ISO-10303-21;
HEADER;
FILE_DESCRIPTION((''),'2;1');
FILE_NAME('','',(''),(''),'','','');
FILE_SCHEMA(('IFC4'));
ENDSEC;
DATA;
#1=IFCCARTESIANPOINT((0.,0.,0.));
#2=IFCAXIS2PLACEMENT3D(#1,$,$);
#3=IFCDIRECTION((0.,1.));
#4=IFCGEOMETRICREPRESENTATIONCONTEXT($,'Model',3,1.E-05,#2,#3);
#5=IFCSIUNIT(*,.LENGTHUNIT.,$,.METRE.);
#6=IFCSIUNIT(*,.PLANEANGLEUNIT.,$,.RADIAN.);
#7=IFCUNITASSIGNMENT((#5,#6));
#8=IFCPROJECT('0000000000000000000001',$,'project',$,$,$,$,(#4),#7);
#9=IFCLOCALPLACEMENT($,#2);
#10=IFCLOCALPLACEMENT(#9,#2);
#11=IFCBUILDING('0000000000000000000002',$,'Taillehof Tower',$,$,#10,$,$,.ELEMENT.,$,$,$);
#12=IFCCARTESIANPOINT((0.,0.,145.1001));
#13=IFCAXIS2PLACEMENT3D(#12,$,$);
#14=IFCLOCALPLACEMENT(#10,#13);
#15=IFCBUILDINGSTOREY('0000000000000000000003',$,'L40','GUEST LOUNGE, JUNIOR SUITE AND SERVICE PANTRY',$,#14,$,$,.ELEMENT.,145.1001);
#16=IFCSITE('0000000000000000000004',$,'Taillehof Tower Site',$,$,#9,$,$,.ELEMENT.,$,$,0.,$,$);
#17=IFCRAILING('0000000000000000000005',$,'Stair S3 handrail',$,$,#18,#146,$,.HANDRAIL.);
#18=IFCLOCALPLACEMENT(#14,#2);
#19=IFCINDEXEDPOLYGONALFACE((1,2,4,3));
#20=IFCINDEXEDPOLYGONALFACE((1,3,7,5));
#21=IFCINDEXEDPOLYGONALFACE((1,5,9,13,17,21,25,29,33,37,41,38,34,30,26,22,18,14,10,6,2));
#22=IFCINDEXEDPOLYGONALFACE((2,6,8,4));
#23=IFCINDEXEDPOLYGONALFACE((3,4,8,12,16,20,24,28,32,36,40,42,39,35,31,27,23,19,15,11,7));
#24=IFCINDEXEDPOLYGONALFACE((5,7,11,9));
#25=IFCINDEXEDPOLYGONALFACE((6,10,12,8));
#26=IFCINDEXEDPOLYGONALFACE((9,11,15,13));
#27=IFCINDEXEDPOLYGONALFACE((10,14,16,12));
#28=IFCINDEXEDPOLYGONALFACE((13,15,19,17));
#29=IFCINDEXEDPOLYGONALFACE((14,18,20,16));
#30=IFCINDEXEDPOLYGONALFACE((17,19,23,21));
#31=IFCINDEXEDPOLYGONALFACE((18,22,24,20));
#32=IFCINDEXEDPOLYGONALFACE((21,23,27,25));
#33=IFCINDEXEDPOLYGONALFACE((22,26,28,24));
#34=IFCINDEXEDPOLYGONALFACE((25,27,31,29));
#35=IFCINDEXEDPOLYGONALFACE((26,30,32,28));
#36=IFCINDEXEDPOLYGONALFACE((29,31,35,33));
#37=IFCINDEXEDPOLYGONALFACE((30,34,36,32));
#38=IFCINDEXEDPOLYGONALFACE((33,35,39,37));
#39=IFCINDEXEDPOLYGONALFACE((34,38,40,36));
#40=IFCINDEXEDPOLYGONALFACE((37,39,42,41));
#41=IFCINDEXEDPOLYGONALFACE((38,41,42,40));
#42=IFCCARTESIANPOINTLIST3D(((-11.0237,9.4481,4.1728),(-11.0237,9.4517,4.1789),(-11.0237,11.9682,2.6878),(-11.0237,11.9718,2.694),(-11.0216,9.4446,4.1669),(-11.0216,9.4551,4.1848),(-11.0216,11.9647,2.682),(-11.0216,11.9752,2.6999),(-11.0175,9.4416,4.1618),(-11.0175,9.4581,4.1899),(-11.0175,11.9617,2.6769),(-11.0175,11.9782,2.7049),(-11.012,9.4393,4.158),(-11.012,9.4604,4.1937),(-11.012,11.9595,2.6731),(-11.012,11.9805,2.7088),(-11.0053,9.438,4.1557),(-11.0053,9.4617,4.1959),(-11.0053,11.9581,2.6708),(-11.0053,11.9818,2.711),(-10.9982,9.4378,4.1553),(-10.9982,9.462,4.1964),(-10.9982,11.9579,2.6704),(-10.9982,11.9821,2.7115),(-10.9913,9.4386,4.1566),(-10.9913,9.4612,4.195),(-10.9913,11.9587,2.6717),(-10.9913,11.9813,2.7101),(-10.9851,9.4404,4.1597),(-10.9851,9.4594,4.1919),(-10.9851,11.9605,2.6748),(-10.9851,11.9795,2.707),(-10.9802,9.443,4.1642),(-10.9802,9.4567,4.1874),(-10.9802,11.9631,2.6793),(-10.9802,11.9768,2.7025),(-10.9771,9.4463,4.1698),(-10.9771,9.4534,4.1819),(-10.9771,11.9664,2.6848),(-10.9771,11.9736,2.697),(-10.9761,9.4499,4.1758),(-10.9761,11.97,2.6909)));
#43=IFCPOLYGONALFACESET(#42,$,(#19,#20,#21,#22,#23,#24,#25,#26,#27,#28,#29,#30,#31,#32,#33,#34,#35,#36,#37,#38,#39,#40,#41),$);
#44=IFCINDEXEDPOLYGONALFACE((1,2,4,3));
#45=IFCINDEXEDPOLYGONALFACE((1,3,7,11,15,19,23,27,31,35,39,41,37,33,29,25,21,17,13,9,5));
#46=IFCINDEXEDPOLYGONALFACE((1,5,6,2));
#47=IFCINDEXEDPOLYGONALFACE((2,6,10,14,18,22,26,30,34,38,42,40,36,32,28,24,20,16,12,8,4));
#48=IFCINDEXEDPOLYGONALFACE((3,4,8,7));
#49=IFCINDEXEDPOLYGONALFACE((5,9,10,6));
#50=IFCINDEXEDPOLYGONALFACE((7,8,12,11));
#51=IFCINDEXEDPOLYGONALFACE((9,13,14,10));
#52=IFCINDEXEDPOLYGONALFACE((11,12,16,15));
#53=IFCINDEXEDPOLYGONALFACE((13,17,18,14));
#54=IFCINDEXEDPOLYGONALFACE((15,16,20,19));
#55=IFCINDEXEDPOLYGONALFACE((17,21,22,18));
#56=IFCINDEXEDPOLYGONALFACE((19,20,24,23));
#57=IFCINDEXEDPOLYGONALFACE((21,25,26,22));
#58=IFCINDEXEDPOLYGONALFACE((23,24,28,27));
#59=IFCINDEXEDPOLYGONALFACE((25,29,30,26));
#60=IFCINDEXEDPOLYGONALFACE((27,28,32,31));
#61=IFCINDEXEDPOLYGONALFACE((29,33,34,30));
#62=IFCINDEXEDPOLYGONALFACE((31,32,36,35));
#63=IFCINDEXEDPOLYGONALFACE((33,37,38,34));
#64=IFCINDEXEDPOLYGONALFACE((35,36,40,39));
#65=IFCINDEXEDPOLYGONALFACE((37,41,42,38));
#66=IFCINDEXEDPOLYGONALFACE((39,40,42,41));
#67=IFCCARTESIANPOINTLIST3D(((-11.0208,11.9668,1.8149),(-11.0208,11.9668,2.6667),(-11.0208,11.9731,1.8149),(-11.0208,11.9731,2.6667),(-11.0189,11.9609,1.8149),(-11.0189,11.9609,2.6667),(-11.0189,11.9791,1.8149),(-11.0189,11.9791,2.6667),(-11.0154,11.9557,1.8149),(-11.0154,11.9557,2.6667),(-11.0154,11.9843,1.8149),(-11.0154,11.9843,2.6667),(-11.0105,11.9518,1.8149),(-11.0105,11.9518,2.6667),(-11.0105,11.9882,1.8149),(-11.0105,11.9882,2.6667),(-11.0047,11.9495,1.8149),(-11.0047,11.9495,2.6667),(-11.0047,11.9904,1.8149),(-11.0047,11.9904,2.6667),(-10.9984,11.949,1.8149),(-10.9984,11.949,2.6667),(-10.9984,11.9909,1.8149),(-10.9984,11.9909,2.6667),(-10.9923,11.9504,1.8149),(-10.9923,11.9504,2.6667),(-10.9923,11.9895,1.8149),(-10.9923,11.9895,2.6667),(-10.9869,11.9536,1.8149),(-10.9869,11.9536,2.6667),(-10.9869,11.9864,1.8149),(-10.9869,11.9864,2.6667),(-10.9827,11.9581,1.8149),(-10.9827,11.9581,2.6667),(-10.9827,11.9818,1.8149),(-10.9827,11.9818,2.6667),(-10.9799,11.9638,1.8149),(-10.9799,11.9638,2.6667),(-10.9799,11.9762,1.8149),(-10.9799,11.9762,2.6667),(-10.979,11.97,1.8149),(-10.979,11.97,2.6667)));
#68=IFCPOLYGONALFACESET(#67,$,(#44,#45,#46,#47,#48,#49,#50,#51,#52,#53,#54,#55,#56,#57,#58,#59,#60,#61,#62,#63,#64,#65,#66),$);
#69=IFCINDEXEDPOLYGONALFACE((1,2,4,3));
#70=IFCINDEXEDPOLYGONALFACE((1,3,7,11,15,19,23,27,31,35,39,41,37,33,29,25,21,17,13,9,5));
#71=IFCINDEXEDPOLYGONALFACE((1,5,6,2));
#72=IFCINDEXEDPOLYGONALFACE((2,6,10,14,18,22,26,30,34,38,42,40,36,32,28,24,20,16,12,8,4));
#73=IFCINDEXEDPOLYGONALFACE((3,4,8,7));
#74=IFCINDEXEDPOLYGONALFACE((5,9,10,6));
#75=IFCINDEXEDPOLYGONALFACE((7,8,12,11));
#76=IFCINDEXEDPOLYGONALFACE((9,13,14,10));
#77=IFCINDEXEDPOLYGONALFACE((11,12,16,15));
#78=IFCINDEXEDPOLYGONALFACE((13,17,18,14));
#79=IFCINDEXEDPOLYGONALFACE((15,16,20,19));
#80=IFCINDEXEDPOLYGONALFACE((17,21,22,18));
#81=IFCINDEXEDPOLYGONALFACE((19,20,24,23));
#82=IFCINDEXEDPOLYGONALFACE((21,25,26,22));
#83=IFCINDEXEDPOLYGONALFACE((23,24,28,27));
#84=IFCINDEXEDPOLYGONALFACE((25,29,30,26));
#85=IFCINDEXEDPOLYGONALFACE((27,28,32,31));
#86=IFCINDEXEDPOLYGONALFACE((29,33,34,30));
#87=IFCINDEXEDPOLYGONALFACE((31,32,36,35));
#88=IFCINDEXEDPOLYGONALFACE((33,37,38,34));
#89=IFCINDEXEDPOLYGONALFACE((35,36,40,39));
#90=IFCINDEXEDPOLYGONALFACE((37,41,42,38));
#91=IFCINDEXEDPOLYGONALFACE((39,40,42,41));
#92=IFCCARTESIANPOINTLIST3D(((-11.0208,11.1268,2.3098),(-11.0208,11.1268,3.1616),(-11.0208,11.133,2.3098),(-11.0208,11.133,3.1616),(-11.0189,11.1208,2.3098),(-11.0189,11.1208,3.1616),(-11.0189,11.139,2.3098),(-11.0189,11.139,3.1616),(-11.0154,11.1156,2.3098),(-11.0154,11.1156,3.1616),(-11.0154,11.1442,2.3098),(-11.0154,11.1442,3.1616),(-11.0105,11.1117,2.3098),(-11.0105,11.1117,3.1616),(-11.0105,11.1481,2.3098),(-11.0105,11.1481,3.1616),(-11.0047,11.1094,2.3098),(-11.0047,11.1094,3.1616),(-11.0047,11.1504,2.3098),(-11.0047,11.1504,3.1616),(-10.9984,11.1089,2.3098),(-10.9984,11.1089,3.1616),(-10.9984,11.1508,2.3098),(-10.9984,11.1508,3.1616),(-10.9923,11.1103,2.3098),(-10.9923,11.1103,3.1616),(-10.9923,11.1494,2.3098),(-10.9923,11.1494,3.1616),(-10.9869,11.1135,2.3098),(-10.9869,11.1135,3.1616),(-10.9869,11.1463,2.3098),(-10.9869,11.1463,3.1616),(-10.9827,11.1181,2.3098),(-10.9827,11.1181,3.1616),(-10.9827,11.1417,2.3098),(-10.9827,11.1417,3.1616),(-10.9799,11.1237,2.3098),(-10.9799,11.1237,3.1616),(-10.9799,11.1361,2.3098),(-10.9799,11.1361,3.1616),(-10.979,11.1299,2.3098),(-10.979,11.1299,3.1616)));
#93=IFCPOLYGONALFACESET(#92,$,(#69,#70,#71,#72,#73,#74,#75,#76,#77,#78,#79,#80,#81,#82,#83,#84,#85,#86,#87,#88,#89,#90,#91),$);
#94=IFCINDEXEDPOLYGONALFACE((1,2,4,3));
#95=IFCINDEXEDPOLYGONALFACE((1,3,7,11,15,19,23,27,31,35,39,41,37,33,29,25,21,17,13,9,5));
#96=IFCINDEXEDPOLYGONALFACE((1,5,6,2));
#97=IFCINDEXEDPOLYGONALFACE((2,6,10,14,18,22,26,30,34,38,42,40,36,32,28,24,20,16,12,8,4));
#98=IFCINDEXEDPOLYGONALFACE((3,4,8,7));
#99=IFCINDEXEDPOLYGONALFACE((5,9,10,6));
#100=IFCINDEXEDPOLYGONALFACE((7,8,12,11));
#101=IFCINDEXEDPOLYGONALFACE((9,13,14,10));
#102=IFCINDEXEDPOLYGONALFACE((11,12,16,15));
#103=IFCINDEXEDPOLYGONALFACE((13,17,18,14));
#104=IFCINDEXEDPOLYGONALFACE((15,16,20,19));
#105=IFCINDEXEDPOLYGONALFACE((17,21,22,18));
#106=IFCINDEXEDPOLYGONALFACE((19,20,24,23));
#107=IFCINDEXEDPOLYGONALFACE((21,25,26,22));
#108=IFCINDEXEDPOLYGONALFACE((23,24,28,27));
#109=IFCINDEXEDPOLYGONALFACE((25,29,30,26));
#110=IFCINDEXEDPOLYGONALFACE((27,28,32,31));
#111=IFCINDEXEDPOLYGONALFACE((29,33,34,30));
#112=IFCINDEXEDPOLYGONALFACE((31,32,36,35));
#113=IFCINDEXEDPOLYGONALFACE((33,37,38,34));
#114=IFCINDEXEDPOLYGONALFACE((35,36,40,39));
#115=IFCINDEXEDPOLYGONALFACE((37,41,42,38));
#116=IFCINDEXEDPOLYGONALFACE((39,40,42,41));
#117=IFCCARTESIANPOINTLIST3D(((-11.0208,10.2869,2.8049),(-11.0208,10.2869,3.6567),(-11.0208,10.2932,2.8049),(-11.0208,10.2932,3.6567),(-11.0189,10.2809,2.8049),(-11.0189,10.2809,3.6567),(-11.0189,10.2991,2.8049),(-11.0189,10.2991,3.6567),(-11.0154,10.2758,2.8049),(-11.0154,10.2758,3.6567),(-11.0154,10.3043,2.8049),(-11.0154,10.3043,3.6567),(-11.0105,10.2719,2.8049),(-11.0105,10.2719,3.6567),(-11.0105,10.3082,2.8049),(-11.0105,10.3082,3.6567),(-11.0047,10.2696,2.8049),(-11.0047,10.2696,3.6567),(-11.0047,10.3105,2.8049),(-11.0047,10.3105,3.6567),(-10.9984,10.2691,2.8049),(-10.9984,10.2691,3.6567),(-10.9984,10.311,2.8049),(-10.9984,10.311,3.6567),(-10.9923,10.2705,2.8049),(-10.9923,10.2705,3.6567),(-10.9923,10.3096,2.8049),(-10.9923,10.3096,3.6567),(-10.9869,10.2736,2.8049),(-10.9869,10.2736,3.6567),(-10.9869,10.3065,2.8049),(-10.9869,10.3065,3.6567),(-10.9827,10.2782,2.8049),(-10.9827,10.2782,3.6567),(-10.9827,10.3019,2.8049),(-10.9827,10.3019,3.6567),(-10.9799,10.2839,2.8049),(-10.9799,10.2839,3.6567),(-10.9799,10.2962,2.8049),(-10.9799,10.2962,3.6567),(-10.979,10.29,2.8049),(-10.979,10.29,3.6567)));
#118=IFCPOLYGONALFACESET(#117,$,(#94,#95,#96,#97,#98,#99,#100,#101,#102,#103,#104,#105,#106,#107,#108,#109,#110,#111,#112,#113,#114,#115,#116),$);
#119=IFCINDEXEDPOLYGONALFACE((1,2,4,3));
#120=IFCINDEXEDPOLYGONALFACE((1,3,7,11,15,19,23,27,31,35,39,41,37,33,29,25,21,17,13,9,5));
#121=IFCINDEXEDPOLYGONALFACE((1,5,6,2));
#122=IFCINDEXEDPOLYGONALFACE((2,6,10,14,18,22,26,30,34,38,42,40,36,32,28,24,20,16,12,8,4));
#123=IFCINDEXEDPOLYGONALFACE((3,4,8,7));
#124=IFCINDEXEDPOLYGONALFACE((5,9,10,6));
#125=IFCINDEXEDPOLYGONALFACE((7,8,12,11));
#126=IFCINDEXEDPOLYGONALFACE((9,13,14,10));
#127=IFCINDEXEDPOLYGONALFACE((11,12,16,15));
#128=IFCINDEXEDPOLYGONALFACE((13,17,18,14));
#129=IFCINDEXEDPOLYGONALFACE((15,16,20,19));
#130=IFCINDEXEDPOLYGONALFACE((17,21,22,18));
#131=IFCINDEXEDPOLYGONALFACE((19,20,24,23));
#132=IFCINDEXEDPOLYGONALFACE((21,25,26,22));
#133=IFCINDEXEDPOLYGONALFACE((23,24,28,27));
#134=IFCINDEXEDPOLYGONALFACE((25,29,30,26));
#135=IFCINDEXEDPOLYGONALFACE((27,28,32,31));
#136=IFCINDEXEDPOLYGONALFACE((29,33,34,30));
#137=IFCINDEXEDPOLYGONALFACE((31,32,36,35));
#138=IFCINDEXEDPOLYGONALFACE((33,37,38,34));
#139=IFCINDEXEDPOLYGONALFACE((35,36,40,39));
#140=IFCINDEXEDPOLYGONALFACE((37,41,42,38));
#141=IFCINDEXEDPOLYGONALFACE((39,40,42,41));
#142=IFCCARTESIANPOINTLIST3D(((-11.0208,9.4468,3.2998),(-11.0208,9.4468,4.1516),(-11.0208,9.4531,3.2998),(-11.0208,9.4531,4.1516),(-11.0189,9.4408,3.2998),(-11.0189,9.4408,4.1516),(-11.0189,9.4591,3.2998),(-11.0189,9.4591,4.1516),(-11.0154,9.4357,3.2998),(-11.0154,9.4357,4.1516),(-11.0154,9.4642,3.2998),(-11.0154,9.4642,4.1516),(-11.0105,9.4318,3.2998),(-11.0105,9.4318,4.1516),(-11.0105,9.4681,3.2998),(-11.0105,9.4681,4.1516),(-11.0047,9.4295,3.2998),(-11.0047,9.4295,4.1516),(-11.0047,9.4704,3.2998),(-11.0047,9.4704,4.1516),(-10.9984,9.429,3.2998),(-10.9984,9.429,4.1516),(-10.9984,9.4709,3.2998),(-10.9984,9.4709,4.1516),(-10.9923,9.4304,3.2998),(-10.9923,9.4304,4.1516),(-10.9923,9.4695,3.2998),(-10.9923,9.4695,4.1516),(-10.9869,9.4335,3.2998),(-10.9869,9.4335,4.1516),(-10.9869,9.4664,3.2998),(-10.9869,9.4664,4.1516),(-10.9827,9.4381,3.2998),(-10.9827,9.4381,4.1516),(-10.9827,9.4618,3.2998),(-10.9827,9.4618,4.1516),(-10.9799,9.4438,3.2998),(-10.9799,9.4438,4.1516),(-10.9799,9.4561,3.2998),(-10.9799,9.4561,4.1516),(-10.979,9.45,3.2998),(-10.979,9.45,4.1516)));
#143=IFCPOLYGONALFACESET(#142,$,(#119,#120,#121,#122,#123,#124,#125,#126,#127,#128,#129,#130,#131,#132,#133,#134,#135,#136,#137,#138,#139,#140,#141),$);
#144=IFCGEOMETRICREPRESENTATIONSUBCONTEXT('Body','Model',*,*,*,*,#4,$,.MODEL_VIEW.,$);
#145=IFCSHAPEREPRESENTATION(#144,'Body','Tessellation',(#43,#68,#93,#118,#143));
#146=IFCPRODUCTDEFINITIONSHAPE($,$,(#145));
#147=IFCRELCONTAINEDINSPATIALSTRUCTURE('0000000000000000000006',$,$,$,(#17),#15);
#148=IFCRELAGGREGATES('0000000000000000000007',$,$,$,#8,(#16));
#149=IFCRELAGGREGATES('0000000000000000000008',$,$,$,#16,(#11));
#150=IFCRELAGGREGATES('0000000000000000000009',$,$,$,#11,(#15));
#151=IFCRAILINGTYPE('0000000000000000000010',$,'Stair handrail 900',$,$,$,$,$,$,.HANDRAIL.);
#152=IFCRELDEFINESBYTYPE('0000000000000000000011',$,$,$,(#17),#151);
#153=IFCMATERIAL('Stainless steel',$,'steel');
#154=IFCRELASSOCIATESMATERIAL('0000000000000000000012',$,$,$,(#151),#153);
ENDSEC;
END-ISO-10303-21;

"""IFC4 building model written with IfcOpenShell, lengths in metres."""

from ifc_helpers import new_model, si_unit, direction, frame, origin, origin_2d, place, context, subcontext, project, spatial, circle, extrude, material, type_object, element, save


model = new_model("IFC4")

# Units and contexts
model_context = context("Model", 3, precision=1e-05, world=origin(), true_north=direction((0.0, 1.0)))
body_context = subcontext(model_context, "Body", "Model", "MODEL_VIEW")
ifc_project = project(units=[si_unit("LENGTHUNIT", "METRE"), si_unit("PLANEANGLEUNIT", "RADIAN")], contexts=[model_context])

# Site, building, storey
site_placement = place(None, origin())
site = spatial("IfcSite", under=ifc_project, at=site_placement, Name="Taillehof Tower Site", CompositionType="ELEMENT", RefElevation=0.0)
building_placement = place(site_placement, origin())
building = spatial("IfcBuilding", under=site, at=building_placement, Name="Taillehof Tower", CompositionType="ELEMENT")
storey_placement = place(building_placement, frame((0.0, 0.0, 145.1001)))
storey = spatial("IfcBuildingStorey", under=building, at=storey_placement, Name="L40", Description="GUEST LOUNGE, JUNIOR SUITE AND SERVICE PANTRY", CompositionType="ELEMENT", Elevation=145.1001)

# Railing
ifc_material_1 = material(Name="Stainless steel", Category="steel")
railing_type = type_object("IfcRailingType", Name="Stair handrail 900", PredefinedType="HANDRAIL", material=ifc_material_1)
railing_placement = place(storey_placement, frame((-11.0, 11.97, 1.8149)))
element("IfcRailing", 1, at=railing_placement, inside=storey, type_object=railing_type, Name="Stair S3 handrail", PredefinedType="HANDRAIL", context=body_context, shape_type="SweptSolid", body=[
    extrude(circle(Radius=0.0239, at=origin_2d()), frame((0.0, 0.0, 0.876), z_axis=(0.0, -0.861561, 0.507655), x_axis=(1.0, 0.0, 0.0)), (0.0, 0.0, 1.0), 2.925),
    extrude(circle(Radius=0.021, at=origin_2d()), origin(), (0.0, 0.0, 1.0), 0.8518),
    extrude(circle(Radius=0.021, at=origin_2d()), frame((0.0, -0.8401, 0.4949)), (0.0, 0.0, 1.0), 0.8518),
    extrude(circle(Radius=0.021, at=origin_2d()), frame((0.0, -1.6799, 0.99)), (0.0, 0.0, 1.0), 0.8518),
    extrude(circle(Radius=0.021, at=origin_2d()), frame((0.0, -2.52, 1.4849)), (0.0, 0.0, 1.0), 0.8518),
])

save(model, "model.ifc")
